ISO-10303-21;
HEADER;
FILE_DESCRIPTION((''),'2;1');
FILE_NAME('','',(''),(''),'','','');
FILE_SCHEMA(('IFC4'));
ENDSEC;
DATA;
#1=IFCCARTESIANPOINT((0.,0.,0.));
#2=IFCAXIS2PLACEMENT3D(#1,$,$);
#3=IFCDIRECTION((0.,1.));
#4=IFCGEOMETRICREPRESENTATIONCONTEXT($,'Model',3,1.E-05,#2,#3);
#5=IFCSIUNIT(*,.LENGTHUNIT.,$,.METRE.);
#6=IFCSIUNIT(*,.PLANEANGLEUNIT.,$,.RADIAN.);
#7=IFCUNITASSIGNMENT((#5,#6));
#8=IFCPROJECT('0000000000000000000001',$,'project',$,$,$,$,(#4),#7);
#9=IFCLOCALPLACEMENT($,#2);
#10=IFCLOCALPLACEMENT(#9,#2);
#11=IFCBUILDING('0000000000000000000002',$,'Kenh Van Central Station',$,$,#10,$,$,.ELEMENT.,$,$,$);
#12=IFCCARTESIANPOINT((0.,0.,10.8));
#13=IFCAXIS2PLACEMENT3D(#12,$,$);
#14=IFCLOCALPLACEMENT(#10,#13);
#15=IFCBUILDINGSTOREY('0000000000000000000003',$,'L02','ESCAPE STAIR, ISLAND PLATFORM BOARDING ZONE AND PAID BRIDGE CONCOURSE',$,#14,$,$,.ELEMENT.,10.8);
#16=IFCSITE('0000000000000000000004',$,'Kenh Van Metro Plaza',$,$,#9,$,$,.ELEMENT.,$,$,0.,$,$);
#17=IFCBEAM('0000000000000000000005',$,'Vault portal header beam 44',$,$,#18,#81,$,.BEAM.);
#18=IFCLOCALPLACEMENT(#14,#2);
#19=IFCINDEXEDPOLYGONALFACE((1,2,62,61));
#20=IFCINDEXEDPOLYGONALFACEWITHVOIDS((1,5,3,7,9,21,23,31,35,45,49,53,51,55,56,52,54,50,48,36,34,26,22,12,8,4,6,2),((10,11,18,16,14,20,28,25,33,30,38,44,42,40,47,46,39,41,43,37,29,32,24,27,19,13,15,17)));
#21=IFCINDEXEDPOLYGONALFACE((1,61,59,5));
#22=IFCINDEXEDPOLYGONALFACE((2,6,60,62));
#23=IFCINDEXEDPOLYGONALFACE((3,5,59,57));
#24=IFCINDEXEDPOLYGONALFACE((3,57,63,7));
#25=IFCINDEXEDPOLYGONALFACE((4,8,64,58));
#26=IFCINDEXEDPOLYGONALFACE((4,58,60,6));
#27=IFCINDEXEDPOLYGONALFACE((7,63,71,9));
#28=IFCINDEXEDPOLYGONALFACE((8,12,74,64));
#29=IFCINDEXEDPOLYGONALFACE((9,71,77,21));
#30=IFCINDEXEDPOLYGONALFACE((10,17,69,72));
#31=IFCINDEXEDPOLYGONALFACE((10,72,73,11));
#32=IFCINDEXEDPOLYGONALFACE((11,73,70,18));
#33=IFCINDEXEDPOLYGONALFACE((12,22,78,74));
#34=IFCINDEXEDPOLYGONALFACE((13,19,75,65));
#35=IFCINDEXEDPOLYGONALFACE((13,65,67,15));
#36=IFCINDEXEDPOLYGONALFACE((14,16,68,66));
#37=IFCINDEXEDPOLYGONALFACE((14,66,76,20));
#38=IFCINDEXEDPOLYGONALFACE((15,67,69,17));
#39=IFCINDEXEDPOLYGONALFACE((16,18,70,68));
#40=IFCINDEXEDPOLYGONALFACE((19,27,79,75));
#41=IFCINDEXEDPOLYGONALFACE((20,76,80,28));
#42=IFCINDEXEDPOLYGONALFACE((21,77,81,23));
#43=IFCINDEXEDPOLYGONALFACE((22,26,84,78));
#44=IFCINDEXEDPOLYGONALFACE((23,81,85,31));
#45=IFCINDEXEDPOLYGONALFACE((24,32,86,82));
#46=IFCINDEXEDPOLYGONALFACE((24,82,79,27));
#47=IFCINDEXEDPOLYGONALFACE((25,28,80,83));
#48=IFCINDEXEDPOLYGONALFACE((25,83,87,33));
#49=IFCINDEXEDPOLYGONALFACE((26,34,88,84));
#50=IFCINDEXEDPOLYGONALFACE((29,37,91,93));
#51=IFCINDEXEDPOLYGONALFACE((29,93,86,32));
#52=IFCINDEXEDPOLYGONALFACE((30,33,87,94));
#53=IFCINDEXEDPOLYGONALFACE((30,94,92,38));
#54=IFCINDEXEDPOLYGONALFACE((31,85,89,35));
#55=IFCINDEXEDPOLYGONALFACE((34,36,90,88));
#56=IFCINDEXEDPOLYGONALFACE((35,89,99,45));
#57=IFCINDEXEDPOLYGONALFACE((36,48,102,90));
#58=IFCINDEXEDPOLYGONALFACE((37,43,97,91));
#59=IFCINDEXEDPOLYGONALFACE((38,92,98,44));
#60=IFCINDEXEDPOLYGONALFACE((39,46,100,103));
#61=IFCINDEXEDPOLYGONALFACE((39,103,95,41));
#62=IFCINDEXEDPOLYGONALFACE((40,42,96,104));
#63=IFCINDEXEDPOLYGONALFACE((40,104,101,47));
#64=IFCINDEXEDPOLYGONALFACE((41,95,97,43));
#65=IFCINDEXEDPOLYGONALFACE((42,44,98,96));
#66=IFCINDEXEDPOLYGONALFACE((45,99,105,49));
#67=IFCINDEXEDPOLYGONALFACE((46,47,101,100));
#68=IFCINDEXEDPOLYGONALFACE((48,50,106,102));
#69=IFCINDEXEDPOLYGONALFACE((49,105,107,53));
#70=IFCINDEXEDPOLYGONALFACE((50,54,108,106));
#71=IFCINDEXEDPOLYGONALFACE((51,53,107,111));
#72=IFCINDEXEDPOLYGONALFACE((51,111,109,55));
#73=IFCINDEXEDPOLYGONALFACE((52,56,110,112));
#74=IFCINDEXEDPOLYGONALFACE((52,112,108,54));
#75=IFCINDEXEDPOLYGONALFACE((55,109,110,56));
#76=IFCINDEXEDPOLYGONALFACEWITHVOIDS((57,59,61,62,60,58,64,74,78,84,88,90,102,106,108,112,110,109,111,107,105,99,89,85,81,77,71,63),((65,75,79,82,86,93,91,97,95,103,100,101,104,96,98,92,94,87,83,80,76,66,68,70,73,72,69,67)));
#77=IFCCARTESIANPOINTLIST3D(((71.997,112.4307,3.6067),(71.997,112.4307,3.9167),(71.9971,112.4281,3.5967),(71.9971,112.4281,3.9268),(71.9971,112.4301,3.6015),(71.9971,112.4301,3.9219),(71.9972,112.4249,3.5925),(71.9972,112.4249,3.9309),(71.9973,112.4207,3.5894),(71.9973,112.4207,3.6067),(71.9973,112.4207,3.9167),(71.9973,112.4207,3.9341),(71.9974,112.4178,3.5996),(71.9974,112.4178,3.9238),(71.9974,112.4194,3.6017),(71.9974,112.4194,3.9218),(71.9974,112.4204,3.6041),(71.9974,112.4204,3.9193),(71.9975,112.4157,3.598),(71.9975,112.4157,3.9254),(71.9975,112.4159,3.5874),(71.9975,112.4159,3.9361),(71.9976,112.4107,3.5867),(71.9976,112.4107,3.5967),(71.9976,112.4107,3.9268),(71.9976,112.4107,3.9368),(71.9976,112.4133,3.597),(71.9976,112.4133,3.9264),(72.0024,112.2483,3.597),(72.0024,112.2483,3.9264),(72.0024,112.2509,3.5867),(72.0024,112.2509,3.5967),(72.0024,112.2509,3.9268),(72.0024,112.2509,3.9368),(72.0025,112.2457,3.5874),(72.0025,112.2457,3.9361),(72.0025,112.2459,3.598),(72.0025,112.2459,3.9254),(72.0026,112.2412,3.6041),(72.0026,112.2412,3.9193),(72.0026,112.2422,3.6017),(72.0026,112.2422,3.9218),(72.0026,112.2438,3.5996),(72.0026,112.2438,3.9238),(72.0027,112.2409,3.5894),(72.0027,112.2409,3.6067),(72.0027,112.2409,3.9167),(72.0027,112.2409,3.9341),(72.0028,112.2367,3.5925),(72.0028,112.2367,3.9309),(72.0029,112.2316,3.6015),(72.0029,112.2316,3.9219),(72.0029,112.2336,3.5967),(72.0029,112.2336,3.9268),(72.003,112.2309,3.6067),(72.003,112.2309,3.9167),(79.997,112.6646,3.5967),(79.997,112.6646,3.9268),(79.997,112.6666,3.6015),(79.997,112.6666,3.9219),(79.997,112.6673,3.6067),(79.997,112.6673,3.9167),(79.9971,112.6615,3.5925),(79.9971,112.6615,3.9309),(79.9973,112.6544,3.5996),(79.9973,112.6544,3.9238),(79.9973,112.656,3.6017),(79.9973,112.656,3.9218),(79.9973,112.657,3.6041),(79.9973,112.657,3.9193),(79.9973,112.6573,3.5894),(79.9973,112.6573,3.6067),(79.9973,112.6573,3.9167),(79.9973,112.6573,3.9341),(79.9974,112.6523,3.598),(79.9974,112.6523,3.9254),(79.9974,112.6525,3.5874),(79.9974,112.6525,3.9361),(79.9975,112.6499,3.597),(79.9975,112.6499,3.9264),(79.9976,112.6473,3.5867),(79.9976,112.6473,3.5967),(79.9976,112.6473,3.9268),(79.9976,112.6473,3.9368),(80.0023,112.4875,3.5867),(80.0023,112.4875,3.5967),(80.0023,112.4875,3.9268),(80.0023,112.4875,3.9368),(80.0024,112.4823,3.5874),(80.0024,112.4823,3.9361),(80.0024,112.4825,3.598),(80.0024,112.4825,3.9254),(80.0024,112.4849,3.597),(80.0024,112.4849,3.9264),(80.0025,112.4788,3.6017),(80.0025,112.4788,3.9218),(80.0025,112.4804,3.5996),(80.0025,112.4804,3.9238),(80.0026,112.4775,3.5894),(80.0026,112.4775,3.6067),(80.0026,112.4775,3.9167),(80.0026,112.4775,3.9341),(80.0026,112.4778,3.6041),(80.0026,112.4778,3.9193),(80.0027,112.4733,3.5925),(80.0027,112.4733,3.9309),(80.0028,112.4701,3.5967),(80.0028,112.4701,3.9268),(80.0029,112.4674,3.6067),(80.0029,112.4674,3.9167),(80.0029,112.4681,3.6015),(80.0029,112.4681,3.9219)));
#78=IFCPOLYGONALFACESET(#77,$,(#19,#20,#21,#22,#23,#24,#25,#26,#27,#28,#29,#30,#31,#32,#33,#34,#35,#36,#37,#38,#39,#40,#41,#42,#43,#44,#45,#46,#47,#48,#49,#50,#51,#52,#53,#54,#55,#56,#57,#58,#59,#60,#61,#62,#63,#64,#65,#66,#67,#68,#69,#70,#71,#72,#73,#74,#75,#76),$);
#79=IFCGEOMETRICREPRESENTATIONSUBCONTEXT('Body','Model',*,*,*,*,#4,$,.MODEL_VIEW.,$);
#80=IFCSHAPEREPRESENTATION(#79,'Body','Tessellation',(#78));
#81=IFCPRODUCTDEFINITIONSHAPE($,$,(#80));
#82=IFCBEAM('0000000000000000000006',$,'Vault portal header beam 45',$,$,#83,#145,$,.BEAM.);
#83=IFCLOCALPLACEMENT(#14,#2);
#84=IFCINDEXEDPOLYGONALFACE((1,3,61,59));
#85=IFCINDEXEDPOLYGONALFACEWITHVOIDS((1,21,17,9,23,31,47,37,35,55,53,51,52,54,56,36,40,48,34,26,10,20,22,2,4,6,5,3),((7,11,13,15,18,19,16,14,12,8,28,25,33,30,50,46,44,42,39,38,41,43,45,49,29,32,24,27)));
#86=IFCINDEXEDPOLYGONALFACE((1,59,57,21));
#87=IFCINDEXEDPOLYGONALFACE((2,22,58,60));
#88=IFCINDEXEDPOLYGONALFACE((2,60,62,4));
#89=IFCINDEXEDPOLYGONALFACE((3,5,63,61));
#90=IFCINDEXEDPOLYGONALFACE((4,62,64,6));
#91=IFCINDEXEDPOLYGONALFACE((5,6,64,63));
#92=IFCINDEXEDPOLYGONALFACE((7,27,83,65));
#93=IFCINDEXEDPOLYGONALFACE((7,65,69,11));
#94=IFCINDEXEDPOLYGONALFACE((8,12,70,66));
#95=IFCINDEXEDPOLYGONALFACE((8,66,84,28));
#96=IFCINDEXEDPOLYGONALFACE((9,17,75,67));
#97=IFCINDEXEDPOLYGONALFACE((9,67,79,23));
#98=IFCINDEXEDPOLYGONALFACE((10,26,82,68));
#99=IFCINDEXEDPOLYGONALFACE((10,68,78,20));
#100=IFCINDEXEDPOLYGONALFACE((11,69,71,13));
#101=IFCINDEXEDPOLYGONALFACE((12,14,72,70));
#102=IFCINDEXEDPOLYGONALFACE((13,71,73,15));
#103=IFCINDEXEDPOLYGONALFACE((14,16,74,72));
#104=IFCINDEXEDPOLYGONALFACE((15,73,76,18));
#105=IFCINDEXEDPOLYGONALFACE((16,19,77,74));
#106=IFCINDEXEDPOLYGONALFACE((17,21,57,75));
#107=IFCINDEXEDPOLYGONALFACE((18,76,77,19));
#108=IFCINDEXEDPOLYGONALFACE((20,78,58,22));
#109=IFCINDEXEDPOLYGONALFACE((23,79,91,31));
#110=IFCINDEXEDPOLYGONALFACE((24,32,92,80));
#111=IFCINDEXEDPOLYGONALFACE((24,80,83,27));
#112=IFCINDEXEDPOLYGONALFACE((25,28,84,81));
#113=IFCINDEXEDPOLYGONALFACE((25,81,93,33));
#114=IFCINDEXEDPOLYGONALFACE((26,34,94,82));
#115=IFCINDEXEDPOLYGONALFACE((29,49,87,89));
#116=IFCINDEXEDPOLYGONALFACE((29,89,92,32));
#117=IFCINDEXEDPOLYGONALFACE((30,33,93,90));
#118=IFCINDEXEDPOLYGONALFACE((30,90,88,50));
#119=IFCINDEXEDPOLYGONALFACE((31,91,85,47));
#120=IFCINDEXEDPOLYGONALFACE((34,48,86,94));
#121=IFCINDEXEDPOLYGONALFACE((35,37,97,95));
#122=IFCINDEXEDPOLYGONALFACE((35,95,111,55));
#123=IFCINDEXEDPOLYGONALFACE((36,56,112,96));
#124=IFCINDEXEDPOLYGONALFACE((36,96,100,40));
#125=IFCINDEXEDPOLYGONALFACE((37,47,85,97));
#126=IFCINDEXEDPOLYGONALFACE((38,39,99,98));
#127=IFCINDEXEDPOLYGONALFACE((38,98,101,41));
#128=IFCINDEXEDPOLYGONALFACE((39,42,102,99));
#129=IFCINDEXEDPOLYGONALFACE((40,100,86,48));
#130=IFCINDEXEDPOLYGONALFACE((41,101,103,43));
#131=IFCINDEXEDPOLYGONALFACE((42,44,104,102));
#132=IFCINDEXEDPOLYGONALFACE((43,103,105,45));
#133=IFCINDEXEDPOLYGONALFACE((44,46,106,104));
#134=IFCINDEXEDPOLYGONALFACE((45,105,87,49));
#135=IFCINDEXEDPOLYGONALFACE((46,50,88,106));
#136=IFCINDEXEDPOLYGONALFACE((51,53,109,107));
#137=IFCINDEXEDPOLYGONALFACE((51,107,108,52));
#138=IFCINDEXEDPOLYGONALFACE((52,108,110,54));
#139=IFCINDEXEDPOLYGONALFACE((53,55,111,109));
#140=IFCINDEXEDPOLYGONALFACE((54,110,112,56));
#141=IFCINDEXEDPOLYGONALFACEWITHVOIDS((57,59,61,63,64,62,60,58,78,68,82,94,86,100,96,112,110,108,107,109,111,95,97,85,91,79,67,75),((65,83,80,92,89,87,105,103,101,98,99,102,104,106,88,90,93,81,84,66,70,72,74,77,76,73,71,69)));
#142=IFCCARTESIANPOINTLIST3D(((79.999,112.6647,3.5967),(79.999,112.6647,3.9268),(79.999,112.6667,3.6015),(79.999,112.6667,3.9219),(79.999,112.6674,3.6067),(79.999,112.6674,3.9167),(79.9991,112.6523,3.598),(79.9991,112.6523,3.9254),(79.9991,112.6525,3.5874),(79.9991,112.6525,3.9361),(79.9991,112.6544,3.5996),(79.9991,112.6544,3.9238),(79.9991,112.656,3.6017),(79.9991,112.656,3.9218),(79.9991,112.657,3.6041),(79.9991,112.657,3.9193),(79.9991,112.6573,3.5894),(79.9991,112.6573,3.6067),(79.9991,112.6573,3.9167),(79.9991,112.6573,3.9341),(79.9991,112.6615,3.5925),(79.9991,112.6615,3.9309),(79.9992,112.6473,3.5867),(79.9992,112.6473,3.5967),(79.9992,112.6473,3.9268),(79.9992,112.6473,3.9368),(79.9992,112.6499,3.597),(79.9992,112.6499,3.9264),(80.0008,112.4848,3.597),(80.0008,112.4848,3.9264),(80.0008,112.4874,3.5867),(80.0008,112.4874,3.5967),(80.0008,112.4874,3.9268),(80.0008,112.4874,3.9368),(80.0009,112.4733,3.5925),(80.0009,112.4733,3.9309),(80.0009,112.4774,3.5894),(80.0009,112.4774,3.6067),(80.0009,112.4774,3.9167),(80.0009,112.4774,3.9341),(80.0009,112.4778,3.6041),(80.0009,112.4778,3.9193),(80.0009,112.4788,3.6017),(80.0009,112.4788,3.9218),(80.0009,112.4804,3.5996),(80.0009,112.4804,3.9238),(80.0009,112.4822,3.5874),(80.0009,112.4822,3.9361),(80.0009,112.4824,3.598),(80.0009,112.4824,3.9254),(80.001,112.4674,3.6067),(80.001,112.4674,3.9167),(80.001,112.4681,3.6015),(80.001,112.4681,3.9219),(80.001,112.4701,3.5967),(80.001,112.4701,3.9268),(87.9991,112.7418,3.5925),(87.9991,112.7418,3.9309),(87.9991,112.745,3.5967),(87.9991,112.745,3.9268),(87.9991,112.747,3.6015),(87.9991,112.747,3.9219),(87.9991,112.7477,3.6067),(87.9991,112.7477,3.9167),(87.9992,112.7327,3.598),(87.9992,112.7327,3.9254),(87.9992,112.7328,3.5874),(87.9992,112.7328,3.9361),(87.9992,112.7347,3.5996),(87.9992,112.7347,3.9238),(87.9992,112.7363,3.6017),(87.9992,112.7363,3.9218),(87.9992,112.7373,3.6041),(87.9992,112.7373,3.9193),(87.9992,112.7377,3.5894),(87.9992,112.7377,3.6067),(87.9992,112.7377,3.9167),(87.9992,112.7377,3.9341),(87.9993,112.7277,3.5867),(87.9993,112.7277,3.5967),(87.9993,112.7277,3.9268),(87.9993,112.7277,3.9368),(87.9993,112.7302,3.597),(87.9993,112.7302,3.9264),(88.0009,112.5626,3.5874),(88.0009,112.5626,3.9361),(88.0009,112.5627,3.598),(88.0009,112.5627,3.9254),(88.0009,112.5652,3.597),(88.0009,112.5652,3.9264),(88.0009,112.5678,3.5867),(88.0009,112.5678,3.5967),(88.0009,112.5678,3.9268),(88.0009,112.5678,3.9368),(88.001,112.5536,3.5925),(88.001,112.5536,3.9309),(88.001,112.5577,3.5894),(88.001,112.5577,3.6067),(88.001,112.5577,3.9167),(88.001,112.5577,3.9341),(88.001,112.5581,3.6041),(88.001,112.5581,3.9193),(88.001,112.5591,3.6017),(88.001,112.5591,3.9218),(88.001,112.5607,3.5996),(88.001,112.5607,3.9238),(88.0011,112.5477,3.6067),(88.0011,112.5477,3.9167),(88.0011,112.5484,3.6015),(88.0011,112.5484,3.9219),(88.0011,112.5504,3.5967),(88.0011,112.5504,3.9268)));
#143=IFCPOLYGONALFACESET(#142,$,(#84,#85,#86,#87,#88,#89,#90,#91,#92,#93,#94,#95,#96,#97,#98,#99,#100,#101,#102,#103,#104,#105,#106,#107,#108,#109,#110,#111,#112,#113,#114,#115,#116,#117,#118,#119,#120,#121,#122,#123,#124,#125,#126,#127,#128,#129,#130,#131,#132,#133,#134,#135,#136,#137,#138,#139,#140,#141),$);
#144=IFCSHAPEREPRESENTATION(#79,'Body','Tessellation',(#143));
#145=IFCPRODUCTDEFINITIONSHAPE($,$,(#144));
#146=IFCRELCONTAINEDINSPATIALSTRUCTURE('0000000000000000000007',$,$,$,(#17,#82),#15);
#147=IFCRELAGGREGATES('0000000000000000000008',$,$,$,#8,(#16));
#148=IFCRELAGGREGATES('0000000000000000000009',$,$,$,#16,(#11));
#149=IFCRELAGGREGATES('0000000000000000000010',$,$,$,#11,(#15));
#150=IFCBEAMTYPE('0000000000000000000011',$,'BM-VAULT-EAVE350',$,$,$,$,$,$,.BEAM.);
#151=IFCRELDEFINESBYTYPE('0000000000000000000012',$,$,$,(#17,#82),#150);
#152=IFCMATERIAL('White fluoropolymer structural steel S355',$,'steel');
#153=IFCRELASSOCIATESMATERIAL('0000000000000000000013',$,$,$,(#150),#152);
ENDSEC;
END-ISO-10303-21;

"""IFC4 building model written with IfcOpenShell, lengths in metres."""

from ifc_helpers import new_model, si_unit, direction, frame, origin, origin_2d, place, context, subcontext, project, spatial, hollow_rectangle, extrude, material, material_profile, profile_set, type_object, element, save


model = new_model("IFC4")

# Units and contexts
model_context = context("Model", 3, precision=1e-05, world=origin(), true_north=direction((0.0, 1.0)))
body_context = subcontext(model_context, "Body", "Model", "MODEL_VIEW")
ifc_project = project(units=[si_unit("LENGTHUNIT", "METRE"), si_unit("PLANEANGLEUNIT", "RADIAN")], contexts=[model_context])

# Site, building, storey
site_placement = place(None, origin())
site = spatial("IfcSite", under=ifc_project, at=site_placement, Name="Kenh Van Metro Plaza", CompositionType="ELEMENT", RefElevation=0.0)
building_placement = place(site_placement, origin())
building = spatial("IfcBuilding", under=site, at=building_placement, Name="Kenh Van Central Station", CompositionType="ELEMENT")
storey_placement = place(building_placement, frame((0.0, 0.0, 10.8)))
storey = spatial("IfcBuildingStorey", under=building, at=storey_placement, Name="L02", Description="ESCAPE STAIR, ISLAND PLATFORM BOARDING ZONE AND PAID BRIDGE CONCOURSE", CompositionType="ELEMENT", Elevation=10.8)

# Beams
ifc_material_1 = material(Name="White fluoropolymer structural steel S355", Category="steel")
ifc_material_profile_1 = material_profile(ifc_material_1, hollow_rectangle(XDim=0.2, YDim=0.3501, WallThickness=0.01, InnerFilletRadius=0.01, OuterFilletRadius=0.02, at=origin_2d()), Name="RHS 350x200x10")
ifc_profile_set_1 = profile_set([ifc_material_profile_1], Name="White fluoropolymer structural steel S355")
beam_type_1 = type_object("IfcBeamType", Name="BM-VAULT-EAVE350", PredefinedType="BEAM", material=ifc_profile_set_1)
beam_1_placement = place(storey_placement, frame((72.0, 112.3308, 3.7617), z_axis=(0.999563, 0.029559, 0.0), x_axis=(-0.029559, 0.999563, 0.0)))
element("IfcBeam", 1, at=beam_1_placement, inside=storey, type_object=beam_type_1, Name="Vault portal header beam 44", PredefinedType="BEAM", context=body_context, shape_type="SweptSolid", body=[
    extrude(hollow_rectangle(XDim=0.2, YDim=0.3501, WallThickness=0.01, InnerFilletRadius=0.01, OuterFilletRadius=0.02, at=origin_2d()), origin(), (0.0, 0.0, 1.0), 8.0034),
])
beam_2_placement = place(storey_placement, frame((80.0, 112.5674, 3.7617), z_axis=(0.99995, 0.01004, 0.0), x_axis=(-0.01004, 0.99995, 0.0)))
element("IfcBeam", 2, at=beam_2_placement, inside=storey, type_object=beam_type_1, Name="Vault portal header beam 45", PredefinedType="BEAM", context=body_context, shape_type="SweptSolid", body=[
    extrude(hollow_rectangle(XDim=0.2, YDim=0.3501, WallThickness=0.01, InnerFilletRadius=0.01, OuterFilletRadius=0.02, at=origin_2d()), origin(), (0.0, 0.0, 1.0), 8.0005),
])

save(model, "model.ifc")
